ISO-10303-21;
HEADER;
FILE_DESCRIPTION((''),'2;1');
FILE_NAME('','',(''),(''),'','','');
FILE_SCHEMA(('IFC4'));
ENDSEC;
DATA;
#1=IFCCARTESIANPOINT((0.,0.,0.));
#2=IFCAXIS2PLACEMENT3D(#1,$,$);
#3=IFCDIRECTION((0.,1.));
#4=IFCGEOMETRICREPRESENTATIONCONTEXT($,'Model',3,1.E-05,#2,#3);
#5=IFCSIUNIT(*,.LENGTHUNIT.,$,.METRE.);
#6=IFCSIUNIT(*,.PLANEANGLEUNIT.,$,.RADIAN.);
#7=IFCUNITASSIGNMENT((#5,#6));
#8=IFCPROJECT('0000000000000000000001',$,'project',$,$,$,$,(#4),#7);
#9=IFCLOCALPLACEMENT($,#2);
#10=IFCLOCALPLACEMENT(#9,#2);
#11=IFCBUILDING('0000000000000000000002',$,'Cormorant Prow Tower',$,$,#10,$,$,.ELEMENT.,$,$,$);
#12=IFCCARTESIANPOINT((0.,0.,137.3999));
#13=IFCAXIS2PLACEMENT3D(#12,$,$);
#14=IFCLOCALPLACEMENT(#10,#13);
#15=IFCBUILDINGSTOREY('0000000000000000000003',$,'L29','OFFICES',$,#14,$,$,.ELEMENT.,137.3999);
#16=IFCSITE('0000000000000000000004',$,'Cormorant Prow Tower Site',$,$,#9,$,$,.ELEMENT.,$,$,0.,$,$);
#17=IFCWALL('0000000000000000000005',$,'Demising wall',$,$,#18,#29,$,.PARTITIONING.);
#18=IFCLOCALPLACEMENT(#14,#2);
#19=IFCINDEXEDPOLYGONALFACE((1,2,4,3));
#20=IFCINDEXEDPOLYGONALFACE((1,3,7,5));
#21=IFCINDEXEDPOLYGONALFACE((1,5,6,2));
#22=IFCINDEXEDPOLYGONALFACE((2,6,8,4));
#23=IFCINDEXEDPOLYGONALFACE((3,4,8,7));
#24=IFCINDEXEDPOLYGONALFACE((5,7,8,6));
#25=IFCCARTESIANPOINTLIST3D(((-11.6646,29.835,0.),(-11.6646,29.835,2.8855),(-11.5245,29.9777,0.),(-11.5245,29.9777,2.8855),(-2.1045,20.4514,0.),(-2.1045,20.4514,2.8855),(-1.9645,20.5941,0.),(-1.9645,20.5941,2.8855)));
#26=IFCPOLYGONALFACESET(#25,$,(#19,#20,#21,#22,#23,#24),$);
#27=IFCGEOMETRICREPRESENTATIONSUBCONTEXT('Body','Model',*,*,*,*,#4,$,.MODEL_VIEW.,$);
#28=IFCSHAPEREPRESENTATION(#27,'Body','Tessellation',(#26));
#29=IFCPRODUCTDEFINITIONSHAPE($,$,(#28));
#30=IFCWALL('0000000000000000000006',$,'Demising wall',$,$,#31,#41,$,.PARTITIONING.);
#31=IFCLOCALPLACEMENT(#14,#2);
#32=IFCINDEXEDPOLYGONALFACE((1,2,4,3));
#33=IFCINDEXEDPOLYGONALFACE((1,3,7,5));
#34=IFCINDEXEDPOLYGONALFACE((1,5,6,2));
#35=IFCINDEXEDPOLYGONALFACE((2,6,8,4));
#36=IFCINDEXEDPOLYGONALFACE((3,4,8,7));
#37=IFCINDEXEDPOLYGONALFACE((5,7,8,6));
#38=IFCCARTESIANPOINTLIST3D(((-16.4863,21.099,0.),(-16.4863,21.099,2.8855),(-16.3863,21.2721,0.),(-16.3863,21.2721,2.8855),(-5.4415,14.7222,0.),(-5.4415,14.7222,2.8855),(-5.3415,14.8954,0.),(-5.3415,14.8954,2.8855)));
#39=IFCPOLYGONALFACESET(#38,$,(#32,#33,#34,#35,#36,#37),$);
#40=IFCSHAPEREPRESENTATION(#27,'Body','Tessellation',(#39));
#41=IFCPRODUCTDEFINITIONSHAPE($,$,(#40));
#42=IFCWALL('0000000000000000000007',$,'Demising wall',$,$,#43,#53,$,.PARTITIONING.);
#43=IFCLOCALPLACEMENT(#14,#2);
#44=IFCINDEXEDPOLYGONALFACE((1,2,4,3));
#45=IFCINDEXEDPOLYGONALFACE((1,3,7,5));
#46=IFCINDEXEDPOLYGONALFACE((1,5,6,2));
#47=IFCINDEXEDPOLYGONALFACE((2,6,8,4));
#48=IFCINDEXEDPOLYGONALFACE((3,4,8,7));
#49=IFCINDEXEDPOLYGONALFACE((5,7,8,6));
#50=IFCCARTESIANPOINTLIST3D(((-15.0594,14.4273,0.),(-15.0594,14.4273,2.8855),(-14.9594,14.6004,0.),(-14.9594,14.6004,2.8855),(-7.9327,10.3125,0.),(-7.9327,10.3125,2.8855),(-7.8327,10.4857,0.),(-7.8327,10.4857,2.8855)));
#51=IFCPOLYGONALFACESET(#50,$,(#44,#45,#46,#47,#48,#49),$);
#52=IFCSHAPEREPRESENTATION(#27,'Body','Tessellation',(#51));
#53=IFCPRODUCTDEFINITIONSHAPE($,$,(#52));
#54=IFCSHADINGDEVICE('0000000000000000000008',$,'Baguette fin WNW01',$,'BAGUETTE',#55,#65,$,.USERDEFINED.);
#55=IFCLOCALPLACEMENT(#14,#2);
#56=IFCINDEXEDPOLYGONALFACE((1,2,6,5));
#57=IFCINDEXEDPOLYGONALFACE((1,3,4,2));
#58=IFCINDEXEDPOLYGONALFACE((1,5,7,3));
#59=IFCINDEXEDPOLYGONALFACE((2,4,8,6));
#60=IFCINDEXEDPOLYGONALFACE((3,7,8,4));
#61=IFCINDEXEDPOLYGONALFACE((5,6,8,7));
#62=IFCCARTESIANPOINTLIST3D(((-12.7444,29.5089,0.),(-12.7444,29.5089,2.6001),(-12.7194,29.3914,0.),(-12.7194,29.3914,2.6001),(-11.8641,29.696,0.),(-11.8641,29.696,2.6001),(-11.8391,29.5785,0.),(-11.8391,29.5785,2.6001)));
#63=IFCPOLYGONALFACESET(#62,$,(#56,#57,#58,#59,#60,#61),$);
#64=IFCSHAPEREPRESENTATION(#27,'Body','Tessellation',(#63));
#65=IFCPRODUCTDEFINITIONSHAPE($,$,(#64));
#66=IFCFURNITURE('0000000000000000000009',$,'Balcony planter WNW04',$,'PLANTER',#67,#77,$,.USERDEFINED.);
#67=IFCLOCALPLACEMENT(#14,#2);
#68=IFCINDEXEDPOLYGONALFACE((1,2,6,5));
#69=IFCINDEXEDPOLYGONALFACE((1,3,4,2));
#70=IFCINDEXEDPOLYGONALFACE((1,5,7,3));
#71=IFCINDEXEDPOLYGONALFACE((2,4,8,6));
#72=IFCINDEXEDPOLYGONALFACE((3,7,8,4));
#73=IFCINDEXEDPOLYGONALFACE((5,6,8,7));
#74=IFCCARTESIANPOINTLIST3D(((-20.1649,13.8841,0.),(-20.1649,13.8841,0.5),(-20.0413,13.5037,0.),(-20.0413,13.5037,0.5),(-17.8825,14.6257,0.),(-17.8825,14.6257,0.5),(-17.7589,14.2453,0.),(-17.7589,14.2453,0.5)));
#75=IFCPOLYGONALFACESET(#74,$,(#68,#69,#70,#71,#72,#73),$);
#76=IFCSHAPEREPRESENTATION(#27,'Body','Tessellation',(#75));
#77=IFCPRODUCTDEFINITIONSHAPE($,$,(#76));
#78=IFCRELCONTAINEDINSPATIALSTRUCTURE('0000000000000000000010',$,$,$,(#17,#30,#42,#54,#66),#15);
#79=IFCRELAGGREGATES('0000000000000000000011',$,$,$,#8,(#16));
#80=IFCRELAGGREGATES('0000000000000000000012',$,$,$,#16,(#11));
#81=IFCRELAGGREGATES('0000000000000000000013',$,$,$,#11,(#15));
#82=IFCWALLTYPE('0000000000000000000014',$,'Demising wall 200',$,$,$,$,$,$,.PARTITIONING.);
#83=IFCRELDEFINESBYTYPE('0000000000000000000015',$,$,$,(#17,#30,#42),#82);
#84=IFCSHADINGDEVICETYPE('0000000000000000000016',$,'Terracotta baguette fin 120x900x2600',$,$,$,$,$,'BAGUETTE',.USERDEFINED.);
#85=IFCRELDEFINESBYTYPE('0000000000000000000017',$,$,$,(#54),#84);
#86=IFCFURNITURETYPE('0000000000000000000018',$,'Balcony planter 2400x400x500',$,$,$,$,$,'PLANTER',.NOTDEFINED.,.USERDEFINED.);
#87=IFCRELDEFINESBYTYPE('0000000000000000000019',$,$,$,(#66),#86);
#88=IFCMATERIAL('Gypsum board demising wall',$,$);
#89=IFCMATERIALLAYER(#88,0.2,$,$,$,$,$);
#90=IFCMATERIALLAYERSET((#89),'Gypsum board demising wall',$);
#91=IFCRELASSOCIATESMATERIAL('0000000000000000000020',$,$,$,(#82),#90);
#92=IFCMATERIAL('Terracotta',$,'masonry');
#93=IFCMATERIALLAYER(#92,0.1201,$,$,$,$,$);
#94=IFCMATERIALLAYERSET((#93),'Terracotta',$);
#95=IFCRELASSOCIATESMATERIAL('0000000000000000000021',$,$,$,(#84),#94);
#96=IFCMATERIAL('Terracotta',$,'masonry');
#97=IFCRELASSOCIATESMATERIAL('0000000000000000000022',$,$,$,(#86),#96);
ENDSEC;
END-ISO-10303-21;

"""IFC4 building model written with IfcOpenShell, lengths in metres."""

from ifc_helpers import new_model, si_unit, direction, frame, frame_2d, origin, origin_2d, place, context, subcontext, project, spatial, rectangle, extrude, material, layer, layer_set, type_object, element, save


model = new_model("IFC4")

# Units and contexts
model_context = context("Model", 3, precision=1e-05, world=origin(), true_north=direction((0.0, 1.0)))
body_context = subcontext(model_context, "Body", "Model", "MODEL_VIEW")
ifc_project = project(units=[si_unit("LENGTHUNIT", "METRE"), si_unit("PLANEANGLEUNIT", "RADIAN")], contexts=[model_context])

# Site, building, storey
site_placement = place(None, origin())
site = spatial("IfcSite", under=ifc_project, at=site_placement, Name="Cormorant Prow Tower Site", CompositionType="ELEMENT", RefElevation=0.0)
building_placement = place(site_placement, origin())
building = spatial("IfcBuilding", under=site, at=building_placement, Name="Cormorant Prow Tower", CompositionType="ELEMENT")
storey_placement = place(building_placement, frame((0.0, 0.0, 137.3999)))
storey = spatial("IfcBuildingStorey", under=building, at=storey_placement, Name="L29", Description="OFFICES", CompositionType="ELEMENT", Elevation=137.3999)

# Walls
ifc_material_1 = material(Name="Gypsum board demising wall")
ifc_layer_1 = layer(ifc_material_1, 0.2)
ifc_layer_set_1 = layer_set([ifc_layer_1], Name="Gypsum board demising wall")
wall_type_1 = type_object("IfcWallType", Name="Demising wall 200", PredefinedType="PARTITIONING", material=ifc_layer_set_1)
wall_1_placement = place(storey_placement, frame((-11.5945, 29.9062, 0.0), z_axis=(0.0, 0.0, 1.0), x_axis=(0.713665, -0.700488, 0.0)))
element("IfcWall", 1, at=wall_1_placement, inside=storey, type_object=wall_type_1, Name="Demising wall", PredefinedType="PARTITIONING", context=body_context, shape_type="SweptSolid", body=[
    extrude(rectangle(XDim=13.3958, YDim=0.2, at=frame_2d((6.6978, 0.0))), origin(), (0.0, 0.0, 1.0), 2.8855),
])
wall_2_placement = place(storey_placement, frame((-16.4363, 21.1855, 0.0), z_axis=(0.0, 0.0, 1.0), x_axis=(0.866023, -0.500004, 0.0)))
element("IfcWall", 2, at=wall_2_placement, inside=storey, type_object=wall_type_1, Name="Demising wall", PredefinedType="PARTITIONING", context=body_context, shape_type="SweptSolid", body=[
    extrude(rectangle(XDim=12.7534, YDim=0.2, at=frame_2d((6.3767, 0.0))), origin(), (0.0, 0.0, 1.0), 2.8855),
])
wall_3_placement = place(storey_placement, frame((-15.0095, 14.5139, 0.0), z_axis=(0.0, 0.0, 1.0), x_axis=(0.866018, -0.500013, 0.0)))
element("IfcWall", 3, at=wall_3_placement, inside=storey, type_object=wall_type_1, Name="Demising wall", PredefinedType="PARTITIONING", context=body_context, shape_type="SweptSolid", body=[
    extrude(rectangle(XDim=8.2292, YDim=0.2, at=frame_2d((4.1147, 0.0))), origin(), (0.0, 0.0, 1.0), 2.8855),
])

# Shading device
ifc_material_2 = material(Name="Terracotta", Category="masonry")
ifc_layer_2 = layer(ifc_material_2, 0.1201)
ifc_layer_set_2 = layer_set([ifc_layer_2], Name="Terracotta")
shading_device_type = type_object("IfcShadingDeviceType", Name="Terracotta baguette fin 120x900x2600", ElementType="BAGUETTE", PredefinedType="USERDEFINED", material=ifc_layer_set_2)
shading_device_placement = place(storey_placement, frame((-12.2917, 29.5437, 0.0), z_axis=(0.0, 0.0, 1.0), x_axis=(0.207912, -0.978148, 0.0)))
element("IfcShadingDevice", 4, at=shading_device_placement, inside=storey, type_object=shading_device_type, Name="Baguette fin WNW01", ObjectType="BAGUETTE", PredefinedType="USERDEFINED", context=body_context, shape_type="SweptSolid", body=[
    extrude(rectangle(XDim=0.1201, YDim=0.8999, at=origin_2d()), origin(), (0.0, 0.0, 1.0), 2.6001),
])

# Furniture
ifc_material_3 = material(Name="Terracotta", Category="masonry")
furniture_type = type_object("IfcFurnitureType", Name="Balcony planter 2400x400x500", ElementType="PLANTER", AssemblyPlace="NOTDEFINED", PredefinedType="USERDEFINED", material=ifc_material_3)
furniture_placement = place(storey_placement, frame((-18.9619, 14.0647, 0.0), z_axis=(0.0, 0.0, 1.0), x_axis=(-0.951057, -0.309017, 0.0)))
element("IfcFurniture", 5, at=furniture_placement, inside=storey, type_object=furniture_type, Name="Balcony planter WNW04", ObjectType="PLANTER", PredefinedType="USERDEFINED", context=body_context, shape_type="SweptSolid", body=[
    extrude(rectangle(XDim=2.3999, YDim=0.3999, at=origin_2d()), origin(), (0.0, 0.0, 1.0), 0.5),
])

save(model, "model.ifc")
